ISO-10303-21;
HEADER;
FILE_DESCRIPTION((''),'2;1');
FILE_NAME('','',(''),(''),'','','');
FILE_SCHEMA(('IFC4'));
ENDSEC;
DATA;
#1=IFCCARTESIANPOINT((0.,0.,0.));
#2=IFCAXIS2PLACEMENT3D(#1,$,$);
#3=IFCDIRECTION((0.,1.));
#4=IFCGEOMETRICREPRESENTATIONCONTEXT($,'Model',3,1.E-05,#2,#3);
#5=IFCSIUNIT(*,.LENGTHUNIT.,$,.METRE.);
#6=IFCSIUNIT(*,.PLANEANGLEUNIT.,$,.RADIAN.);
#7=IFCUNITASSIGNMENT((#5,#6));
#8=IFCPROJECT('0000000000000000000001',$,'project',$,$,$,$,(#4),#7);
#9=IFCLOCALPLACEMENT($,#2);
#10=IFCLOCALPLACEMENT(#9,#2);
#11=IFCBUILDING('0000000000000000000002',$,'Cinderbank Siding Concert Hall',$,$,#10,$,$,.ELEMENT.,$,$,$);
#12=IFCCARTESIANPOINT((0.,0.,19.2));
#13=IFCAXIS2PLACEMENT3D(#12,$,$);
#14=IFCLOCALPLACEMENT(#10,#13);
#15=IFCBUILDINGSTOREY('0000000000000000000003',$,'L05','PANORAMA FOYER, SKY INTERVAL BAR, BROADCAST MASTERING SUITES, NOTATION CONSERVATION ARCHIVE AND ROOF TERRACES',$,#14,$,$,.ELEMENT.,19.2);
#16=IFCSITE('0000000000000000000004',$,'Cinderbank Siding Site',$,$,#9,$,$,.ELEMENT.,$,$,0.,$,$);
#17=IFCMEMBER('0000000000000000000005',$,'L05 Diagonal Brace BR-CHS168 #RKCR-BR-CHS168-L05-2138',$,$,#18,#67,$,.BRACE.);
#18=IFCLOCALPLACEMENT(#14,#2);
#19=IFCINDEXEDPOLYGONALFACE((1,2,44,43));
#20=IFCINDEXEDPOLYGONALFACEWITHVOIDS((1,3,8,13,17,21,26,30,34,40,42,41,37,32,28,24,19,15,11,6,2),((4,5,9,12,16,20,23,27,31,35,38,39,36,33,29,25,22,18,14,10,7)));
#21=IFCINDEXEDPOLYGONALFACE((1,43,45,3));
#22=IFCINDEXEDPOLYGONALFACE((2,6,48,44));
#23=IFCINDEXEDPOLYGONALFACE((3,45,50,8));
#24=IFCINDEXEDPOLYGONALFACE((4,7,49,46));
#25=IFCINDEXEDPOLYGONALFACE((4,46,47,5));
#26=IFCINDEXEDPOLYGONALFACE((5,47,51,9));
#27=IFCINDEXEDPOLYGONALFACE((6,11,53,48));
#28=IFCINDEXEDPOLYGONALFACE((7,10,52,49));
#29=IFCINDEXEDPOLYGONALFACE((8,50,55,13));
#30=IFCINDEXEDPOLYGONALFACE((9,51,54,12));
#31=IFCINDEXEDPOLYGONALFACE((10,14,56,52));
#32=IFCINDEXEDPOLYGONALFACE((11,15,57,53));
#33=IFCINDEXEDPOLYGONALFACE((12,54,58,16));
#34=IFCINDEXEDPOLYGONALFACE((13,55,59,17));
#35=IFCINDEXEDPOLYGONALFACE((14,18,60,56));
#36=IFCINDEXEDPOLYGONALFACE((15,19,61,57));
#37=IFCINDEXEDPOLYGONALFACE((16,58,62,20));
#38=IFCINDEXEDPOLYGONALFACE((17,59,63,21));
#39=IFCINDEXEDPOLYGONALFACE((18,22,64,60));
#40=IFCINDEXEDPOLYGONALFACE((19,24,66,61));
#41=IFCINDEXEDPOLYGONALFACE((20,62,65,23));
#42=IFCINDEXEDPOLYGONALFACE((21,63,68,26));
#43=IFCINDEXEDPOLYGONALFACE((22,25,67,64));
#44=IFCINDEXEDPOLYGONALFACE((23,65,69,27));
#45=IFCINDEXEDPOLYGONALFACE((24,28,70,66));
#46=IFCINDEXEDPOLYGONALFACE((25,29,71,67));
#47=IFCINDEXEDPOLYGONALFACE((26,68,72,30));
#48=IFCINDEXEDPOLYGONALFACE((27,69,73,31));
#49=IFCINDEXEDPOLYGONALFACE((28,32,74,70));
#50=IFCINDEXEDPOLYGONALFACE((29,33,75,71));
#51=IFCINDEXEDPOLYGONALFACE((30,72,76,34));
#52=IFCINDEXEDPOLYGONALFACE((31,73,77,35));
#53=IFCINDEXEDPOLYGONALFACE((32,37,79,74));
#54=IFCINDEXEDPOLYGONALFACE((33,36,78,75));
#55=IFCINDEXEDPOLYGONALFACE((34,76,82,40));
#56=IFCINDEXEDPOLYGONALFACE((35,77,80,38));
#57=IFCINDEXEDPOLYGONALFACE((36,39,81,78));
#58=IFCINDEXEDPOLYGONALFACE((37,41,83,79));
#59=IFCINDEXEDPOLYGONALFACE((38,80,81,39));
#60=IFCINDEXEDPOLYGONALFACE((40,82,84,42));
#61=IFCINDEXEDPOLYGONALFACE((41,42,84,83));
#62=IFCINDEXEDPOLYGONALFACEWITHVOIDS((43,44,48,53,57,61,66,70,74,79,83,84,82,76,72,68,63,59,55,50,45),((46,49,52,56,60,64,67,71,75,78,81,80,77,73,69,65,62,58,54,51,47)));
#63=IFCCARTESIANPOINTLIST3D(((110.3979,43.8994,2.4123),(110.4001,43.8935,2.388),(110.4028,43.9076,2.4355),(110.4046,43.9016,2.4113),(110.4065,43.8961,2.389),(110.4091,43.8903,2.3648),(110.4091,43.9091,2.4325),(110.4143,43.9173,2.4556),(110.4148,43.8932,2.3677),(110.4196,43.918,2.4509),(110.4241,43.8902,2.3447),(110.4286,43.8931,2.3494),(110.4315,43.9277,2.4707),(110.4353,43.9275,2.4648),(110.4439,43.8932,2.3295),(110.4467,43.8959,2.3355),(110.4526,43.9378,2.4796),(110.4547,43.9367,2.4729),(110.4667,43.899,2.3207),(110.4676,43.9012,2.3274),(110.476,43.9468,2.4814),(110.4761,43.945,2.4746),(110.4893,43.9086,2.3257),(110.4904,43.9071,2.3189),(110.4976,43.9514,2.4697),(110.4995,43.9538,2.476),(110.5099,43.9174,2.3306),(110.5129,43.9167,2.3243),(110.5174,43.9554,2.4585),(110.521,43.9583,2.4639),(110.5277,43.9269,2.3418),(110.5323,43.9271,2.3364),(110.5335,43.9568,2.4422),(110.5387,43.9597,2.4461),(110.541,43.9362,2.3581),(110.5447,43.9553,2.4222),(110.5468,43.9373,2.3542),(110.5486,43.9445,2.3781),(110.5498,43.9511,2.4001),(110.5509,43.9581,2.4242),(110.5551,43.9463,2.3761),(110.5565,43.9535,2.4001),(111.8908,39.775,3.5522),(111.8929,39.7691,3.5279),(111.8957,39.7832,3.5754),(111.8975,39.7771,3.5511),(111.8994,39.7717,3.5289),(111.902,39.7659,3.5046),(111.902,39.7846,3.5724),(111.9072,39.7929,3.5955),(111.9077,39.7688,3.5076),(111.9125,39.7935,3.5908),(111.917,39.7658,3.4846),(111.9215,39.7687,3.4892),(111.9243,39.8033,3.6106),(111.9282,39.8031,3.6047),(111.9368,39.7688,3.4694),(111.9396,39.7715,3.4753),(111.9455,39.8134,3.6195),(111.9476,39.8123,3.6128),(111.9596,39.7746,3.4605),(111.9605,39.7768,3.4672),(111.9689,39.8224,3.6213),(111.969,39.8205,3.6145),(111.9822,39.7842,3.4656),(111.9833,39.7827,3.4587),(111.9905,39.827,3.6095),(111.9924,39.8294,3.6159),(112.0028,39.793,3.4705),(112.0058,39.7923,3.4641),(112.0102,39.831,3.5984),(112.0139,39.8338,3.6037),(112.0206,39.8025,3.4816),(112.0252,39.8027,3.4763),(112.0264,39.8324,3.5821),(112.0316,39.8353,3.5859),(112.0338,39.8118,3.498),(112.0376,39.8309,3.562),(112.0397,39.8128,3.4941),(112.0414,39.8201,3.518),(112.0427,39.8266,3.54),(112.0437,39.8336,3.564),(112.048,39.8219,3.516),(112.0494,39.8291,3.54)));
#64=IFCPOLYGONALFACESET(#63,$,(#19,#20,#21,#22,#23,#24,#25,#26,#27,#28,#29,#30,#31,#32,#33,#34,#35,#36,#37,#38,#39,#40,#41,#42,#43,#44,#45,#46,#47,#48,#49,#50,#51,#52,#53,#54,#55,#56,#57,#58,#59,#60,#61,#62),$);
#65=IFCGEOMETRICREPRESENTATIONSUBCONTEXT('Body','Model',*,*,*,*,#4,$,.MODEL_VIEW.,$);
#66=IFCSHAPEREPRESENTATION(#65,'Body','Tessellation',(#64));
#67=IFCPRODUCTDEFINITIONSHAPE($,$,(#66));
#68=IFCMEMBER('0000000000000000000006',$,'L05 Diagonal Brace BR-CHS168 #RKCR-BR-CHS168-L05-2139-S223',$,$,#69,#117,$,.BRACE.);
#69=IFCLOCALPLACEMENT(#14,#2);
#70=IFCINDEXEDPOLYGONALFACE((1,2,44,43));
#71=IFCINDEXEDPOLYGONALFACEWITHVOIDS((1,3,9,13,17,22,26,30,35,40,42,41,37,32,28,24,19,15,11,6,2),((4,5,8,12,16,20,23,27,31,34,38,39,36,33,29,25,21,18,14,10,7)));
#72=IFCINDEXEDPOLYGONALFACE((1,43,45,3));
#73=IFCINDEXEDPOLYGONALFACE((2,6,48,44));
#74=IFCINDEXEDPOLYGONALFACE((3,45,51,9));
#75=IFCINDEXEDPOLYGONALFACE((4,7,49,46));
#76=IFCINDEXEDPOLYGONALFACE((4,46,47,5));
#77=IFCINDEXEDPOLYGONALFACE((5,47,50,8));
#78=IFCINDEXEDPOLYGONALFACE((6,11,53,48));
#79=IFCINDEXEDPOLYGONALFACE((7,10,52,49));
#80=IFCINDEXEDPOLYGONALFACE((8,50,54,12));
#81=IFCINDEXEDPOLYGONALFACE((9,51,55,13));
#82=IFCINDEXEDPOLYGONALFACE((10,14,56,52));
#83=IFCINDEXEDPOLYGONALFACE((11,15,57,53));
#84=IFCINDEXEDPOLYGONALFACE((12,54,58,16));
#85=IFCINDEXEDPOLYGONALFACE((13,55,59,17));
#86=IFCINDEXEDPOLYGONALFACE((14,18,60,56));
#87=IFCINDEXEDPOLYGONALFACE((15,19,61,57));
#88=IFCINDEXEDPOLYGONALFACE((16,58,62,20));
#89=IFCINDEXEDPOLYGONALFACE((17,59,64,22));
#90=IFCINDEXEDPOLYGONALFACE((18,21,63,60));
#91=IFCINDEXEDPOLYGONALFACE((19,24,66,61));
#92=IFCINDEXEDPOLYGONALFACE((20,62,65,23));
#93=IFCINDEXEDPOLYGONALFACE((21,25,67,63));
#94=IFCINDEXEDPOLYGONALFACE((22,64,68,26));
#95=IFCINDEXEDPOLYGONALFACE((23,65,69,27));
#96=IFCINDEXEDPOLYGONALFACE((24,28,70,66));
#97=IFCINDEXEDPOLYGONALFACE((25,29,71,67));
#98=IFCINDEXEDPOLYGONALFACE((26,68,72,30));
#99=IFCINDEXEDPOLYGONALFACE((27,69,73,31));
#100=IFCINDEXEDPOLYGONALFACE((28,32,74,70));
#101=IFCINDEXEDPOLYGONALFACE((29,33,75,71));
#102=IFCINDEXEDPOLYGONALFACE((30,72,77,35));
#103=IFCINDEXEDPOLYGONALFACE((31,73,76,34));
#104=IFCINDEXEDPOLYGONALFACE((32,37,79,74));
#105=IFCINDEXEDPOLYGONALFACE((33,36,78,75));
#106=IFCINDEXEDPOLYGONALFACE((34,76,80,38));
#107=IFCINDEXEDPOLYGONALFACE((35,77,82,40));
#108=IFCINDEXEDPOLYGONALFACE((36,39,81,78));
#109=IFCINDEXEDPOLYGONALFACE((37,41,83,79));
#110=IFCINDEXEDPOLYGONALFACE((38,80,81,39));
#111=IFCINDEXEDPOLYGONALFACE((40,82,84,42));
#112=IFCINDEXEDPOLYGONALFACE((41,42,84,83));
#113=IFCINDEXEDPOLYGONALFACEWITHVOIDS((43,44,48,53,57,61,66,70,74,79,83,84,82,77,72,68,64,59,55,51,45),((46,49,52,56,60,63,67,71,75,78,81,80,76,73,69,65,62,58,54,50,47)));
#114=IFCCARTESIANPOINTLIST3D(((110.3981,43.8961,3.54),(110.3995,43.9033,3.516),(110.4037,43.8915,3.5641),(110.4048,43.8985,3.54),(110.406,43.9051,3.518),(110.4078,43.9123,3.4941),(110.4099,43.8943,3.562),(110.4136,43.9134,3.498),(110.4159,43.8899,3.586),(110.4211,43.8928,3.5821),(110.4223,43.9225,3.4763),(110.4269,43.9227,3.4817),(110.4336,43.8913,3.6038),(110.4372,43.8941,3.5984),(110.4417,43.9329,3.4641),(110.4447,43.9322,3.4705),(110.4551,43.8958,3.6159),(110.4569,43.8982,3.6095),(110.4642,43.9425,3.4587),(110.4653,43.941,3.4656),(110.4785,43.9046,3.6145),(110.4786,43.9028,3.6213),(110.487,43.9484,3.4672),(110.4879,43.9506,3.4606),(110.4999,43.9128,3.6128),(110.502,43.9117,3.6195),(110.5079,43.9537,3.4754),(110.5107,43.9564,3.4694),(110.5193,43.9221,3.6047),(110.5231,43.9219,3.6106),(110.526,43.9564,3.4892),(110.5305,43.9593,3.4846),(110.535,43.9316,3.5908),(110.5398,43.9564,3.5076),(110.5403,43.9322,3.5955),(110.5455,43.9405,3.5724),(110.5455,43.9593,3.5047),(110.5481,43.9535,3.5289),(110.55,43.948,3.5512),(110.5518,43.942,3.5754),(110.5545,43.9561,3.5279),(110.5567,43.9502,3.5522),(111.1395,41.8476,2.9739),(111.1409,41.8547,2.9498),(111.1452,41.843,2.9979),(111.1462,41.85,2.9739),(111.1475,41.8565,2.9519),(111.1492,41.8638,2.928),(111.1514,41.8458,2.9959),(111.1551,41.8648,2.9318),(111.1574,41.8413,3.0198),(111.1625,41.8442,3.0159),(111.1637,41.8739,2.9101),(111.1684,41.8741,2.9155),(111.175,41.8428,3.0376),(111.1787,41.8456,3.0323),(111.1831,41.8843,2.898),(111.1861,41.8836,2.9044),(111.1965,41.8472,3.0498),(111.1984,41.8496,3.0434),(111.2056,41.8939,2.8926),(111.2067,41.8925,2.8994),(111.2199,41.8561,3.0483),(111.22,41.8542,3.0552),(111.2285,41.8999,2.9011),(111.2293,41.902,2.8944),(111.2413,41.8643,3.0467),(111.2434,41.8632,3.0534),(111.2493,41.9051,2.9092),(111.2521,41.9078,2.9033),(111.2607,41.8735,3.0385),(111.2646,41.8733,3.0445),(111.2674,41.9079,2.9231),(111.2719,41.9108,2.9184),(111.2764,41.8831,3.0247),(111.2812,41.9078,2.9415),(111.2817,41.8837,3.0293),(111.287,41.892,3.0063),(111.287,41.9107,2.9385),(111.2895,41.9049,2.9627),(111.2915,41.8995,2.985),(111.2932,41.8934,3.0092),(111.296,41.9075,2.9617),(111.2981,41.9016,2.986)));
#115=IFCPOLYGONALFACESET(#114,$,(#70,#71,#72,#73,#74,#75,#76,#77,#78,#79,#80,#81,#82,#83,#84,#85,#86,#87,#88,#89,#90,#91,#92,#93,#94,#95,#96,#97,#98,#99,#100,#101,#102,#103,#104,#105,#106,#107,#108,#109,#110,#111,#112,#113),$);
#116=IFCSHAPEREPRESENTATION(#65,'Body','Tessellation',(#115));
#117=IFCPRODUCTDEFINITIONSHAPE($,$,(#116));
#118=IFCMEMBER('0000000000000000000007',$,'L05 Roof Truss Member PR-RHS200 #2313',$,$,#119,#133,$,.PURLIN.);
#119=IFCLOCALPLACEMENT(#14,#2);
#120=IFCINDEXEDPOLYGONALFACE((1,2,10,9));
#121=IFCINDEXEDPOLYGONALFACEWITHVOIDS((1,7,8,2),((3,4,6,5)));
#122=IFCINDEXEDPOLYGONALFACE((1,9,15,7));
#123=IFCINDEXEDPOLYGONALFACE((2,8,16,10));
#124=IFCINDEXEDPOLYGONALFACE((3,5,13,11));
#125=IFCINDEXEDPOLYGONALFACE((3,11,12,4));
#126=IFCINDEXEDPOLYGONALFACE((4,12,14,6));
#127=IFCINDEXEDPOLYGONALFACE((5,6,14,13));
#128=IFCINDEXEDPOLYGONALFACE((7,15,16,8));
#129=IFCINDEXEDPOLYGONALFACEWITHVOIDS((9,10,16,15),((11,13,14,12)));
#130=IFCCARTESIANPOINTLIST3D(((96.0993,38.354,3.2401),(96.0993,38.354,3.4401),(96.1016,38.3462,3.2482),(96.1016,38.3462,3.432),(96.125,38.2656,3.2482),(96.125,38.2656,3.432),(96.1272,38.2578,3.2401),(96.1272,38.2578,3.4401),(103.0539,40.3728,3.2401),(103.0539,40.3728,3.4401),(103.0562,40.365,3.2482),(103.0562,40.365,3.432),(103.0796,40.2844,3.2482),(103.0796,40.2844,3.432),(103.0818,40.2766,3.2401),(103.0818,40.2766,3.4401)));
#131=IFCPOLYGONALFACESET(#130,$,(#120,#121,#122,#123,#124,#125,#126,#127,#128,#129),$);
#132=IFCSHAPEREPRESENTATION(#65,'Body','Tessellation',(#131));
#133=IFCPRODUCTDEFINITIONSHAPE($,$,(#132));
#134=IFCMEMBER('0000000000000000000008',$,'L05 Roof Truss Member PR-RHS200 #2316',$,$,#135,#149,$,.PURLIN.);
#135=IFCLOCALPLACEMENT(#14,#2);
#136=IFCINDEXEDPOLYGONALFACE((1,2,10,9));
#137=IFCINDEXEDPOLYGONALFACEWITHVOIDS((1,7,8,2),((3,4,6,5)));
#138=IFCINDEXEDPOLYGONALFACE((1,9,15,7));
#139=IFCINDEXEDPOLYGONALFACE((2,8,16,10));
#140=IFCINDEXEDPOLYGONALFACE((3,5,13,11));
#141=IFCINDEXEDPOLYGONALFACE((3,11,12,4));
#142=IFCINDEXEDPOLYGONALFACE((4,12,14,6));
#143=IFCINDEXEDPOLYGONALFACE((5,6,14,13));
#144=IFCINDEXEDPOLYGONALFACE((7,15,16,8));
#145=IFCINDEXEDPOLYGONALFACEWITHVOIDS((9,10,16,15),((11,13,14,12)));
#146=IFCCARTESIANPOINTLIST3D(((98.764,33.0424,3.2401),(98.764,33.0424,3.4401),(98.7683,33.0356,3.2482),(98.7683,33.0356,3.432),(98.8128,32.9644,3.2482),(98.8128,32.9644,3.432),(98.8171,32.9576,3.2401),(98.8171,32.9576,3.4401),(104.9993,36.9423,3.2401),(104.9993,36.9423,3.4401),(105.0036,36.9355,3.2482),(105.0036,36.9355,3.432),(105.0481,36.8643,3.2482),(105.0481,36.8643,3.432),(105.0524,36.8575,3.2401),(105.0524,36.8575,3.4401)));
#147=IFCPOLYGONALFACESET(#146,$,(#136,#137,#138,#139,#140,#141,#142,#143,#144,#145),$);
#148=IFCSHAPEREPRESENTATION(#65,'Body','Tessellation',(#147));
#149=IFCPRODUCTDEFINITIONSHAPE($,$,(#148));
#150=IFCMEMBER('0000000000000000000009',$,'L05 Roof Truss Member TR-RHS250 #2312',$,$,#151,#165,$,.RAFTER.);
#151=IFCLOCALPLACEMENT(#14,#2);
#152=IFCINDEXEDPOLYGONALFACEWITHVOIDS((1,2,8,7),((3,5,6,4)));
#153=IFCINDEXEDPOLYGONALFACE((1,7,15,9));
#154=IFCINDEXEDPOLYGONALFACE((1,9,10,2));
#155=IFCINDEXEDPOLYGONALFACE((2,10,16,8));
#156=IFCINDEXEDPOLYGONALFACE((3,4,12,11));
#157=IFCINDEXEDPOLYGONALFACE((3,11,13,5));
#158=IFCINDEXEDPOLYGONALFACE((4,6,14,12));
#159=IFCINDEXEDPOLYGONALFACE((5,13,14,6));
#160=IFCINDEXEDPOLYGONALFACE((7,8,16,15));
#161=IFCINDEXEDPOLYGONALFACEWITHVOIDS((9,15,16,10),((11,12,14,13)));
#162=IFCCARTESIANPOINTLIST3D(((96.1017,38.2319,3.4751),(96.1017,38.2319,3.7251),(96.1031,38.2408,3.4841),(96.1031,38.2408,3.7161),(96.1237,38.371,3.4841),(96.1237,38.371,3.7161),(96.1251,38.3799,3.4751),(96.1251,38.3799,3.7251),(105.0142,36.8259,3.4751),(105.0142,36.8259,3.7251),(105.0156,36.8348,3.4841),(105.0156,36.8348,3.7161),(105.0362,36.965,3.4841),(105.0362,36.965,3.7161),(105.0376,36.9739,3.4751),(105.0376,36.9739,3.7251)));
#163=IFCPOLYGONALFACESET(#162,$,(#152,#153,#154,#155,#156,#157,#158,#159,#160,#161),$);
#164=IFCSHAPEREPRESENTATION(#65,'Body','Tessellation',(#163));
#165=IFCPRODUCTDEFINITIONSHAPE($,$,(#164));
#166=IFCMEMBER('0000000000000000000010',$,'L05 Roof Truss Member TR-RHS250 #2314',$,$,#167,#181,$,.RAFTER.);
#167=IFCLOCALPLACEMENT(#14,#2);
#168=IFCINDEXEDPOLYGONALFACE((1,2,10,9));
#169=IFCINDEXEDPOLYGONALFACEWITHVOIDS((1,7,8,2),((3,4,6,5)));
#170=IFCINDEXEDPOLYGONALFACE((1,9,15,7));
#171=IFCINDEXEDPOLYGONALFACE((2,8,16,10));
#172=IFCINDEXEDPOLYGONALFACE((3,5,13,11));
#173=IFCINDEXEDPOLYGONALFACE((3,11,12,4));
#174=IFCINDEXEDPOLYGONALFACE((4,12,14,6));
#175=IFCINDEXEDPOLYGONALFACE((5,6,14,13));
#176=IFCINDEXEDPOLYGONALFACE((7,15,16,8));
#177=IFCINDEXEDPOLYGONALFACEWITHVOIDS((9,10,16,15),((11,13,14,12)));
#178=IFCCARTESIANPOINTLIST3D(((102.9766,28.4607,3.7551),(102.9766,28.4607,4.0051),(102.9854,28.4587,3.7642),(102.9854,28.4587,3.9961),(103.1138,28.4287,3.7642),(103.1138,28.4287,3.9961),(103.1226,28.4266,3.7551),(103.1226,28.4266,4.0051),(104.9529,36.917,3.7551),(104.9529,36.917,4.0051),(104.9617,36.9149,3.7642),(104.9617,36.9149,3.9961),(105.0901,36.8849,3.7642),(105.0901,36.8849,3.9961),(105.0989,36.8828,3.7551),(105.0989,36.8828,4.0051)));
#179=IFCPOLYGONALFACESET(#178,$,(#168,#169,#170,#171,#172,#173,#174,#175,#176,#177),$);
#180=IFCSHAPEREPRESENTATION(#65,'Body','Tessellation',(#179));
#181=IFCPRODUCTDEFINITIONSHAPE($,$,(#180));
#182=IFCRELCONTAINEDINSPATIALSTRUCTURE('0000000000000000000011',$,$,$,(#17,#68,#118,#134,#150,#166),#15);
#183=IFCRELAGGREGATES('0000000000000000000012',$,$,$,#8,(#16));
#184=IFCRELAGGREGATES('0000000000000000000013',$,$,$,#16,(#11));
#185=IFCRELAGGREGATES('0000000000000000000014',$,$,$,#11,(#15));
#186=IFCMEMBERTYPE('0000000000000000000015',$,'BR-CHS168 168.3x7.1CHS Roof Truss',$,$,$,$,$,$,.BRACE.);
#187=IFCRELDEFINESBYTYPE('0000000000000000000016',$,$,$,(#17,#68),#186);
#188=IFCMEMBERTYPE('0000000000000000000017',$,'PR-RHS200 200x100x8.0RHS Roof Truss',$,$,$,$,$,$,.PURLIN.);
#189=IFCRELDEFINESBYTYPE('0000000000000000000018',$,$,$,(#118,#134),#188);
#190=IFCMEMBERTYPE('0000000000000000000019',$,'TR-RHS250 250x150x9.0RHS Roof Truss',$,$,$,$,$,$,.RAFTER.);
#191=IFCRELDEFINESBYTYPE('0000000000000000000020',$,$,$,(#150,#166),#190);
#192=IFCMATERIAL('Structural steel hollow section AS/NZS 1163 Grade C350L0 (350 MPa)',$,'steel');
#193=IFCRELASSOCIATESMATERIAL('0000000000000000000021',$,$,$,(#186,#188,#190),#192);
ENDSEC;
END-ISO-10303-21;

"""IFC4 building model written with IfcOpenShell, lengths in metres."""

from ifc_helpers import new_model, si_unit, direction, frame, origin, origin_2d, place, context, subcontext, project, spatial, hollow_rectangle, hollow_circle, extrude, material, material_profile, profile_set, type_object, element, save


model = new_model("IFC4")

# Units and contexts
model_context = context("Model", 3, precision=1e-05, world=origin(), true_north=direction((0.0, 1.0)))
body_context = subcontext(model_context, "Body", "Model", "MODEL_VIEW")
ifc_project = project(units=[si_unit("LENGTHUNIT", "METRE"), si_unit("PLANEANGLEUNIT", "RADIAN")], contexts=[model_context])

# Site, building, storey
site_placement = place(None, origin())
site = spatial("IfcSite", under=ifc_project, at=site_placement, Name="Cinderbank Siding Site", CompositionType="ELEMENT", RefElevation=0.0)
building_placement = place(site_placement, origin())
building = spatial("IfcBuilding", under=site, at=building_placement, Name="Cinderbank Siding Concert Hall", CompositionType="ELEMENT")
storey_placement = place(building_placement, frame((0.0, 0.0, 19.2)))
storey = spatial("IfcBuildingStorey", under=building, at=storey_placement, Name="L05", Description="PANORAMA FOYER, SKY INTERVAL BAR, BROADCAST MASTERING SUITES, NOTATION CONSERVATION ARCHIVE AND ROOF TERRACES", CompositionType="ELEMENT", Elevation=19.2)

# Shared definitions
ifc_material_1 = material(Name="Structural steel hollow section AS/NZS 1163 Grade C350L0 (350 MPa)", Category="steel")

# Members
ifc_material_profile_1 = material_profile(ifc_material_1, hollow_circle(Radius=0.0842, WallThickness=0.0071, at=origin_2d()), Name="168.3x7.1CHS", Category="LoadBearing")
ifc_profile_set_1 = profile_set([ifc_material_profile_1], Name="Structural steel hollow section AS/NZS 1163 Grade C350L0 (350 MPa)")
member_type_1 = type_object("IfcMemberType", Name="BR-CHS168 168.3x7.1CHS Roof Truss", PredefinedType="BRACE", material=ifc_profile_set_1)
member_1_placement = place(storey_placement, frame((110.4773, 43.9248, 2.4001), z_axis=(0.329412, -0.91007, 0.251516), x_axis=(0.940298, 0.340353, 0.0)))
element("IfcMember", 1, at=member_1_placement, inside=storey, type_object=member_type_1, Name="L05 Diagonal Brace BR-CHS168 #RKCR-BR-CHS168-L05-2138", PredefinedType="BRACE", context=body_context, shape_type="SweptSolid", body=[
    extrude(hollow_circle(Radius=0.0842, WallThickness=0.0071, at=origin_2d()), origin(), (0.0, 0.0, 1.0), 4.532),
])
member_2_placement = place(storey_placement, frame((111.2188, 41.8762, 2.9739), z_axis=(-0.32939, 0.910078, 0.251516), x_axis=(-0.940306, -0.34033, 0.0)))
element("IfcMember", 2, at=member_2_placement, inside=storey, type_object=member_type_1, Name="L05 Diagonal Brace BR-CHS168 #RKCR-BR-CHS168-L05-2139-S223", PredefinedType="BRACE", context=body_context, shape_type="SweptSolid", body=[
    extrude(hollow_circle(Radius=0.0842, WallThickness=0.0071, at=origin_2d()), origin(), (0.0, 0.0, 1.0), 2.251),
])
ifc_material_profile_2 = material_profile(ifc_material_1, hollow_rectangle(XDim=0.1001, YDim=0.2, WallThickness=0.0081, at=origin_2d()), Name="200x100x8.0RHS", Category="LoadBearing")
ifc_profile_set_2 = profile_set([ifc_material_profile_2], Name="Structural steel hollow section AS/NZS 1163 Grade C350L0 (350 MPa)")
member_type_2 = type_object("IfcMemberType", Name="PR-RHS200 200x100x8.0RHS Roof Truss", PredefinedType="PURLIN", material=ifc_profile_set_2)
member_3_placement = place(storey_placement, frame((103.0679, 40.3247, 3.3401), z_axis=(-0.960356, -0.278775, 0.0), x_axis=(0.278775, -0.960356, 0.0)))
element("IfcMember", 3, at=member_3_placement, inside=storey, type_object=member_type_2, Name="L05 Roof Truss Member PR-RHS200 #2313", PredefinedType="PURLIN", context=body_context, shape_type="SweptSolid", body=[
    extrude(hollow_rectangle(XDim=0.1001, YDim=0.2, WallThickness=0.0081, at=origin_2d()), origin(), (0.0, 0.0, 1.0), 7.2417),
])
member_4_placement = place(storey_placement, frame((105.0259, 36.8999, 3.3401), z_axis=(-0.847827, -0.530273, 0.0), x_axis=(0.530273, -0.847827, 0.0)))
element("IfcMember", 4, at=member_4_placement, inside=storey, type_object=member_type_2, Name="L05 Roof Truss Member PR-RHS200 #2316", PredefinedType="PURLIN", context=body_context, shape_type="SweptSolid", body=[
    extrude(hollow_rectangle(XDim=0.1001, YDim=0.2, WallThickness=0.0081, at=origin_2d()), origin(), (0.0, 0.0, 1.0), 7.3545),
])
ifc_material_profile_3 = material_profile(ifc_material_1, hollow_rectangle(XDim=0.1499, YDim=0.25, WallThickness=0.009, at=origin_2d()), Name="250x150x9.0RHS", Category="LoadBearing")
ifc_profile_set_3 = profile_set([ifc_material_profile_3], Name="Structural steel hollow section AS/NZS 1163 Grade C350L0 (350 MPa)")
member_type_3 = type_object("IfcMemberType", Name="TR-RHS250 250x150x9.0RHS Roof Truss", PredefinedType="RAFTER", material=ifc_profile_set_3)
member_5_placement = place(storey_placement, frame((105.0259, 36.8999, 3.6001), z_axis=(-0.987784, 0.155828, 0.0), x_axis=(-0.155828, -0.987784, 0.0)))
element("IfcMember", 5, at=member_5_placement, inside=storey, type_object=member_type_3, Name="L05 Roof Truss Member TR-RHS250 #2312", PredefinedType="RAFTER", context=body_context, shape_type="SweptSolid", body=[
    extrude(hollow_rectangle(XDim=0.1499, YDim=0.25, WallThickness=0.009, at=origin_2d()), origin(), (0.0, 0.0, 1.0), 9.0227),
])
member_6_placement = place(storey_placement, frame((105.0259, 36.8999, 3.8801), z_axis=(-0.227577, -0.97376, 0.0), x_axis=(0.97376, -0.227577, 0.0)))
element("IfcMember", 6, at=member_6_placement, inside=storey, type_object=member_type_3, Name="L05 Roof Truss Member TR-RHS250 #2314", PredefinedType="RAFTER", context=body_context, shape_type="SweptSolid", body=[
    extrude(hollow_rectangle(XDim=0.1499, YDim=0.25, WallThickness=0.009, at=origin_2d()), origin(), (0.0, 0.0, 1.0), 8.6841),
])

save(model, "model.ifc")
